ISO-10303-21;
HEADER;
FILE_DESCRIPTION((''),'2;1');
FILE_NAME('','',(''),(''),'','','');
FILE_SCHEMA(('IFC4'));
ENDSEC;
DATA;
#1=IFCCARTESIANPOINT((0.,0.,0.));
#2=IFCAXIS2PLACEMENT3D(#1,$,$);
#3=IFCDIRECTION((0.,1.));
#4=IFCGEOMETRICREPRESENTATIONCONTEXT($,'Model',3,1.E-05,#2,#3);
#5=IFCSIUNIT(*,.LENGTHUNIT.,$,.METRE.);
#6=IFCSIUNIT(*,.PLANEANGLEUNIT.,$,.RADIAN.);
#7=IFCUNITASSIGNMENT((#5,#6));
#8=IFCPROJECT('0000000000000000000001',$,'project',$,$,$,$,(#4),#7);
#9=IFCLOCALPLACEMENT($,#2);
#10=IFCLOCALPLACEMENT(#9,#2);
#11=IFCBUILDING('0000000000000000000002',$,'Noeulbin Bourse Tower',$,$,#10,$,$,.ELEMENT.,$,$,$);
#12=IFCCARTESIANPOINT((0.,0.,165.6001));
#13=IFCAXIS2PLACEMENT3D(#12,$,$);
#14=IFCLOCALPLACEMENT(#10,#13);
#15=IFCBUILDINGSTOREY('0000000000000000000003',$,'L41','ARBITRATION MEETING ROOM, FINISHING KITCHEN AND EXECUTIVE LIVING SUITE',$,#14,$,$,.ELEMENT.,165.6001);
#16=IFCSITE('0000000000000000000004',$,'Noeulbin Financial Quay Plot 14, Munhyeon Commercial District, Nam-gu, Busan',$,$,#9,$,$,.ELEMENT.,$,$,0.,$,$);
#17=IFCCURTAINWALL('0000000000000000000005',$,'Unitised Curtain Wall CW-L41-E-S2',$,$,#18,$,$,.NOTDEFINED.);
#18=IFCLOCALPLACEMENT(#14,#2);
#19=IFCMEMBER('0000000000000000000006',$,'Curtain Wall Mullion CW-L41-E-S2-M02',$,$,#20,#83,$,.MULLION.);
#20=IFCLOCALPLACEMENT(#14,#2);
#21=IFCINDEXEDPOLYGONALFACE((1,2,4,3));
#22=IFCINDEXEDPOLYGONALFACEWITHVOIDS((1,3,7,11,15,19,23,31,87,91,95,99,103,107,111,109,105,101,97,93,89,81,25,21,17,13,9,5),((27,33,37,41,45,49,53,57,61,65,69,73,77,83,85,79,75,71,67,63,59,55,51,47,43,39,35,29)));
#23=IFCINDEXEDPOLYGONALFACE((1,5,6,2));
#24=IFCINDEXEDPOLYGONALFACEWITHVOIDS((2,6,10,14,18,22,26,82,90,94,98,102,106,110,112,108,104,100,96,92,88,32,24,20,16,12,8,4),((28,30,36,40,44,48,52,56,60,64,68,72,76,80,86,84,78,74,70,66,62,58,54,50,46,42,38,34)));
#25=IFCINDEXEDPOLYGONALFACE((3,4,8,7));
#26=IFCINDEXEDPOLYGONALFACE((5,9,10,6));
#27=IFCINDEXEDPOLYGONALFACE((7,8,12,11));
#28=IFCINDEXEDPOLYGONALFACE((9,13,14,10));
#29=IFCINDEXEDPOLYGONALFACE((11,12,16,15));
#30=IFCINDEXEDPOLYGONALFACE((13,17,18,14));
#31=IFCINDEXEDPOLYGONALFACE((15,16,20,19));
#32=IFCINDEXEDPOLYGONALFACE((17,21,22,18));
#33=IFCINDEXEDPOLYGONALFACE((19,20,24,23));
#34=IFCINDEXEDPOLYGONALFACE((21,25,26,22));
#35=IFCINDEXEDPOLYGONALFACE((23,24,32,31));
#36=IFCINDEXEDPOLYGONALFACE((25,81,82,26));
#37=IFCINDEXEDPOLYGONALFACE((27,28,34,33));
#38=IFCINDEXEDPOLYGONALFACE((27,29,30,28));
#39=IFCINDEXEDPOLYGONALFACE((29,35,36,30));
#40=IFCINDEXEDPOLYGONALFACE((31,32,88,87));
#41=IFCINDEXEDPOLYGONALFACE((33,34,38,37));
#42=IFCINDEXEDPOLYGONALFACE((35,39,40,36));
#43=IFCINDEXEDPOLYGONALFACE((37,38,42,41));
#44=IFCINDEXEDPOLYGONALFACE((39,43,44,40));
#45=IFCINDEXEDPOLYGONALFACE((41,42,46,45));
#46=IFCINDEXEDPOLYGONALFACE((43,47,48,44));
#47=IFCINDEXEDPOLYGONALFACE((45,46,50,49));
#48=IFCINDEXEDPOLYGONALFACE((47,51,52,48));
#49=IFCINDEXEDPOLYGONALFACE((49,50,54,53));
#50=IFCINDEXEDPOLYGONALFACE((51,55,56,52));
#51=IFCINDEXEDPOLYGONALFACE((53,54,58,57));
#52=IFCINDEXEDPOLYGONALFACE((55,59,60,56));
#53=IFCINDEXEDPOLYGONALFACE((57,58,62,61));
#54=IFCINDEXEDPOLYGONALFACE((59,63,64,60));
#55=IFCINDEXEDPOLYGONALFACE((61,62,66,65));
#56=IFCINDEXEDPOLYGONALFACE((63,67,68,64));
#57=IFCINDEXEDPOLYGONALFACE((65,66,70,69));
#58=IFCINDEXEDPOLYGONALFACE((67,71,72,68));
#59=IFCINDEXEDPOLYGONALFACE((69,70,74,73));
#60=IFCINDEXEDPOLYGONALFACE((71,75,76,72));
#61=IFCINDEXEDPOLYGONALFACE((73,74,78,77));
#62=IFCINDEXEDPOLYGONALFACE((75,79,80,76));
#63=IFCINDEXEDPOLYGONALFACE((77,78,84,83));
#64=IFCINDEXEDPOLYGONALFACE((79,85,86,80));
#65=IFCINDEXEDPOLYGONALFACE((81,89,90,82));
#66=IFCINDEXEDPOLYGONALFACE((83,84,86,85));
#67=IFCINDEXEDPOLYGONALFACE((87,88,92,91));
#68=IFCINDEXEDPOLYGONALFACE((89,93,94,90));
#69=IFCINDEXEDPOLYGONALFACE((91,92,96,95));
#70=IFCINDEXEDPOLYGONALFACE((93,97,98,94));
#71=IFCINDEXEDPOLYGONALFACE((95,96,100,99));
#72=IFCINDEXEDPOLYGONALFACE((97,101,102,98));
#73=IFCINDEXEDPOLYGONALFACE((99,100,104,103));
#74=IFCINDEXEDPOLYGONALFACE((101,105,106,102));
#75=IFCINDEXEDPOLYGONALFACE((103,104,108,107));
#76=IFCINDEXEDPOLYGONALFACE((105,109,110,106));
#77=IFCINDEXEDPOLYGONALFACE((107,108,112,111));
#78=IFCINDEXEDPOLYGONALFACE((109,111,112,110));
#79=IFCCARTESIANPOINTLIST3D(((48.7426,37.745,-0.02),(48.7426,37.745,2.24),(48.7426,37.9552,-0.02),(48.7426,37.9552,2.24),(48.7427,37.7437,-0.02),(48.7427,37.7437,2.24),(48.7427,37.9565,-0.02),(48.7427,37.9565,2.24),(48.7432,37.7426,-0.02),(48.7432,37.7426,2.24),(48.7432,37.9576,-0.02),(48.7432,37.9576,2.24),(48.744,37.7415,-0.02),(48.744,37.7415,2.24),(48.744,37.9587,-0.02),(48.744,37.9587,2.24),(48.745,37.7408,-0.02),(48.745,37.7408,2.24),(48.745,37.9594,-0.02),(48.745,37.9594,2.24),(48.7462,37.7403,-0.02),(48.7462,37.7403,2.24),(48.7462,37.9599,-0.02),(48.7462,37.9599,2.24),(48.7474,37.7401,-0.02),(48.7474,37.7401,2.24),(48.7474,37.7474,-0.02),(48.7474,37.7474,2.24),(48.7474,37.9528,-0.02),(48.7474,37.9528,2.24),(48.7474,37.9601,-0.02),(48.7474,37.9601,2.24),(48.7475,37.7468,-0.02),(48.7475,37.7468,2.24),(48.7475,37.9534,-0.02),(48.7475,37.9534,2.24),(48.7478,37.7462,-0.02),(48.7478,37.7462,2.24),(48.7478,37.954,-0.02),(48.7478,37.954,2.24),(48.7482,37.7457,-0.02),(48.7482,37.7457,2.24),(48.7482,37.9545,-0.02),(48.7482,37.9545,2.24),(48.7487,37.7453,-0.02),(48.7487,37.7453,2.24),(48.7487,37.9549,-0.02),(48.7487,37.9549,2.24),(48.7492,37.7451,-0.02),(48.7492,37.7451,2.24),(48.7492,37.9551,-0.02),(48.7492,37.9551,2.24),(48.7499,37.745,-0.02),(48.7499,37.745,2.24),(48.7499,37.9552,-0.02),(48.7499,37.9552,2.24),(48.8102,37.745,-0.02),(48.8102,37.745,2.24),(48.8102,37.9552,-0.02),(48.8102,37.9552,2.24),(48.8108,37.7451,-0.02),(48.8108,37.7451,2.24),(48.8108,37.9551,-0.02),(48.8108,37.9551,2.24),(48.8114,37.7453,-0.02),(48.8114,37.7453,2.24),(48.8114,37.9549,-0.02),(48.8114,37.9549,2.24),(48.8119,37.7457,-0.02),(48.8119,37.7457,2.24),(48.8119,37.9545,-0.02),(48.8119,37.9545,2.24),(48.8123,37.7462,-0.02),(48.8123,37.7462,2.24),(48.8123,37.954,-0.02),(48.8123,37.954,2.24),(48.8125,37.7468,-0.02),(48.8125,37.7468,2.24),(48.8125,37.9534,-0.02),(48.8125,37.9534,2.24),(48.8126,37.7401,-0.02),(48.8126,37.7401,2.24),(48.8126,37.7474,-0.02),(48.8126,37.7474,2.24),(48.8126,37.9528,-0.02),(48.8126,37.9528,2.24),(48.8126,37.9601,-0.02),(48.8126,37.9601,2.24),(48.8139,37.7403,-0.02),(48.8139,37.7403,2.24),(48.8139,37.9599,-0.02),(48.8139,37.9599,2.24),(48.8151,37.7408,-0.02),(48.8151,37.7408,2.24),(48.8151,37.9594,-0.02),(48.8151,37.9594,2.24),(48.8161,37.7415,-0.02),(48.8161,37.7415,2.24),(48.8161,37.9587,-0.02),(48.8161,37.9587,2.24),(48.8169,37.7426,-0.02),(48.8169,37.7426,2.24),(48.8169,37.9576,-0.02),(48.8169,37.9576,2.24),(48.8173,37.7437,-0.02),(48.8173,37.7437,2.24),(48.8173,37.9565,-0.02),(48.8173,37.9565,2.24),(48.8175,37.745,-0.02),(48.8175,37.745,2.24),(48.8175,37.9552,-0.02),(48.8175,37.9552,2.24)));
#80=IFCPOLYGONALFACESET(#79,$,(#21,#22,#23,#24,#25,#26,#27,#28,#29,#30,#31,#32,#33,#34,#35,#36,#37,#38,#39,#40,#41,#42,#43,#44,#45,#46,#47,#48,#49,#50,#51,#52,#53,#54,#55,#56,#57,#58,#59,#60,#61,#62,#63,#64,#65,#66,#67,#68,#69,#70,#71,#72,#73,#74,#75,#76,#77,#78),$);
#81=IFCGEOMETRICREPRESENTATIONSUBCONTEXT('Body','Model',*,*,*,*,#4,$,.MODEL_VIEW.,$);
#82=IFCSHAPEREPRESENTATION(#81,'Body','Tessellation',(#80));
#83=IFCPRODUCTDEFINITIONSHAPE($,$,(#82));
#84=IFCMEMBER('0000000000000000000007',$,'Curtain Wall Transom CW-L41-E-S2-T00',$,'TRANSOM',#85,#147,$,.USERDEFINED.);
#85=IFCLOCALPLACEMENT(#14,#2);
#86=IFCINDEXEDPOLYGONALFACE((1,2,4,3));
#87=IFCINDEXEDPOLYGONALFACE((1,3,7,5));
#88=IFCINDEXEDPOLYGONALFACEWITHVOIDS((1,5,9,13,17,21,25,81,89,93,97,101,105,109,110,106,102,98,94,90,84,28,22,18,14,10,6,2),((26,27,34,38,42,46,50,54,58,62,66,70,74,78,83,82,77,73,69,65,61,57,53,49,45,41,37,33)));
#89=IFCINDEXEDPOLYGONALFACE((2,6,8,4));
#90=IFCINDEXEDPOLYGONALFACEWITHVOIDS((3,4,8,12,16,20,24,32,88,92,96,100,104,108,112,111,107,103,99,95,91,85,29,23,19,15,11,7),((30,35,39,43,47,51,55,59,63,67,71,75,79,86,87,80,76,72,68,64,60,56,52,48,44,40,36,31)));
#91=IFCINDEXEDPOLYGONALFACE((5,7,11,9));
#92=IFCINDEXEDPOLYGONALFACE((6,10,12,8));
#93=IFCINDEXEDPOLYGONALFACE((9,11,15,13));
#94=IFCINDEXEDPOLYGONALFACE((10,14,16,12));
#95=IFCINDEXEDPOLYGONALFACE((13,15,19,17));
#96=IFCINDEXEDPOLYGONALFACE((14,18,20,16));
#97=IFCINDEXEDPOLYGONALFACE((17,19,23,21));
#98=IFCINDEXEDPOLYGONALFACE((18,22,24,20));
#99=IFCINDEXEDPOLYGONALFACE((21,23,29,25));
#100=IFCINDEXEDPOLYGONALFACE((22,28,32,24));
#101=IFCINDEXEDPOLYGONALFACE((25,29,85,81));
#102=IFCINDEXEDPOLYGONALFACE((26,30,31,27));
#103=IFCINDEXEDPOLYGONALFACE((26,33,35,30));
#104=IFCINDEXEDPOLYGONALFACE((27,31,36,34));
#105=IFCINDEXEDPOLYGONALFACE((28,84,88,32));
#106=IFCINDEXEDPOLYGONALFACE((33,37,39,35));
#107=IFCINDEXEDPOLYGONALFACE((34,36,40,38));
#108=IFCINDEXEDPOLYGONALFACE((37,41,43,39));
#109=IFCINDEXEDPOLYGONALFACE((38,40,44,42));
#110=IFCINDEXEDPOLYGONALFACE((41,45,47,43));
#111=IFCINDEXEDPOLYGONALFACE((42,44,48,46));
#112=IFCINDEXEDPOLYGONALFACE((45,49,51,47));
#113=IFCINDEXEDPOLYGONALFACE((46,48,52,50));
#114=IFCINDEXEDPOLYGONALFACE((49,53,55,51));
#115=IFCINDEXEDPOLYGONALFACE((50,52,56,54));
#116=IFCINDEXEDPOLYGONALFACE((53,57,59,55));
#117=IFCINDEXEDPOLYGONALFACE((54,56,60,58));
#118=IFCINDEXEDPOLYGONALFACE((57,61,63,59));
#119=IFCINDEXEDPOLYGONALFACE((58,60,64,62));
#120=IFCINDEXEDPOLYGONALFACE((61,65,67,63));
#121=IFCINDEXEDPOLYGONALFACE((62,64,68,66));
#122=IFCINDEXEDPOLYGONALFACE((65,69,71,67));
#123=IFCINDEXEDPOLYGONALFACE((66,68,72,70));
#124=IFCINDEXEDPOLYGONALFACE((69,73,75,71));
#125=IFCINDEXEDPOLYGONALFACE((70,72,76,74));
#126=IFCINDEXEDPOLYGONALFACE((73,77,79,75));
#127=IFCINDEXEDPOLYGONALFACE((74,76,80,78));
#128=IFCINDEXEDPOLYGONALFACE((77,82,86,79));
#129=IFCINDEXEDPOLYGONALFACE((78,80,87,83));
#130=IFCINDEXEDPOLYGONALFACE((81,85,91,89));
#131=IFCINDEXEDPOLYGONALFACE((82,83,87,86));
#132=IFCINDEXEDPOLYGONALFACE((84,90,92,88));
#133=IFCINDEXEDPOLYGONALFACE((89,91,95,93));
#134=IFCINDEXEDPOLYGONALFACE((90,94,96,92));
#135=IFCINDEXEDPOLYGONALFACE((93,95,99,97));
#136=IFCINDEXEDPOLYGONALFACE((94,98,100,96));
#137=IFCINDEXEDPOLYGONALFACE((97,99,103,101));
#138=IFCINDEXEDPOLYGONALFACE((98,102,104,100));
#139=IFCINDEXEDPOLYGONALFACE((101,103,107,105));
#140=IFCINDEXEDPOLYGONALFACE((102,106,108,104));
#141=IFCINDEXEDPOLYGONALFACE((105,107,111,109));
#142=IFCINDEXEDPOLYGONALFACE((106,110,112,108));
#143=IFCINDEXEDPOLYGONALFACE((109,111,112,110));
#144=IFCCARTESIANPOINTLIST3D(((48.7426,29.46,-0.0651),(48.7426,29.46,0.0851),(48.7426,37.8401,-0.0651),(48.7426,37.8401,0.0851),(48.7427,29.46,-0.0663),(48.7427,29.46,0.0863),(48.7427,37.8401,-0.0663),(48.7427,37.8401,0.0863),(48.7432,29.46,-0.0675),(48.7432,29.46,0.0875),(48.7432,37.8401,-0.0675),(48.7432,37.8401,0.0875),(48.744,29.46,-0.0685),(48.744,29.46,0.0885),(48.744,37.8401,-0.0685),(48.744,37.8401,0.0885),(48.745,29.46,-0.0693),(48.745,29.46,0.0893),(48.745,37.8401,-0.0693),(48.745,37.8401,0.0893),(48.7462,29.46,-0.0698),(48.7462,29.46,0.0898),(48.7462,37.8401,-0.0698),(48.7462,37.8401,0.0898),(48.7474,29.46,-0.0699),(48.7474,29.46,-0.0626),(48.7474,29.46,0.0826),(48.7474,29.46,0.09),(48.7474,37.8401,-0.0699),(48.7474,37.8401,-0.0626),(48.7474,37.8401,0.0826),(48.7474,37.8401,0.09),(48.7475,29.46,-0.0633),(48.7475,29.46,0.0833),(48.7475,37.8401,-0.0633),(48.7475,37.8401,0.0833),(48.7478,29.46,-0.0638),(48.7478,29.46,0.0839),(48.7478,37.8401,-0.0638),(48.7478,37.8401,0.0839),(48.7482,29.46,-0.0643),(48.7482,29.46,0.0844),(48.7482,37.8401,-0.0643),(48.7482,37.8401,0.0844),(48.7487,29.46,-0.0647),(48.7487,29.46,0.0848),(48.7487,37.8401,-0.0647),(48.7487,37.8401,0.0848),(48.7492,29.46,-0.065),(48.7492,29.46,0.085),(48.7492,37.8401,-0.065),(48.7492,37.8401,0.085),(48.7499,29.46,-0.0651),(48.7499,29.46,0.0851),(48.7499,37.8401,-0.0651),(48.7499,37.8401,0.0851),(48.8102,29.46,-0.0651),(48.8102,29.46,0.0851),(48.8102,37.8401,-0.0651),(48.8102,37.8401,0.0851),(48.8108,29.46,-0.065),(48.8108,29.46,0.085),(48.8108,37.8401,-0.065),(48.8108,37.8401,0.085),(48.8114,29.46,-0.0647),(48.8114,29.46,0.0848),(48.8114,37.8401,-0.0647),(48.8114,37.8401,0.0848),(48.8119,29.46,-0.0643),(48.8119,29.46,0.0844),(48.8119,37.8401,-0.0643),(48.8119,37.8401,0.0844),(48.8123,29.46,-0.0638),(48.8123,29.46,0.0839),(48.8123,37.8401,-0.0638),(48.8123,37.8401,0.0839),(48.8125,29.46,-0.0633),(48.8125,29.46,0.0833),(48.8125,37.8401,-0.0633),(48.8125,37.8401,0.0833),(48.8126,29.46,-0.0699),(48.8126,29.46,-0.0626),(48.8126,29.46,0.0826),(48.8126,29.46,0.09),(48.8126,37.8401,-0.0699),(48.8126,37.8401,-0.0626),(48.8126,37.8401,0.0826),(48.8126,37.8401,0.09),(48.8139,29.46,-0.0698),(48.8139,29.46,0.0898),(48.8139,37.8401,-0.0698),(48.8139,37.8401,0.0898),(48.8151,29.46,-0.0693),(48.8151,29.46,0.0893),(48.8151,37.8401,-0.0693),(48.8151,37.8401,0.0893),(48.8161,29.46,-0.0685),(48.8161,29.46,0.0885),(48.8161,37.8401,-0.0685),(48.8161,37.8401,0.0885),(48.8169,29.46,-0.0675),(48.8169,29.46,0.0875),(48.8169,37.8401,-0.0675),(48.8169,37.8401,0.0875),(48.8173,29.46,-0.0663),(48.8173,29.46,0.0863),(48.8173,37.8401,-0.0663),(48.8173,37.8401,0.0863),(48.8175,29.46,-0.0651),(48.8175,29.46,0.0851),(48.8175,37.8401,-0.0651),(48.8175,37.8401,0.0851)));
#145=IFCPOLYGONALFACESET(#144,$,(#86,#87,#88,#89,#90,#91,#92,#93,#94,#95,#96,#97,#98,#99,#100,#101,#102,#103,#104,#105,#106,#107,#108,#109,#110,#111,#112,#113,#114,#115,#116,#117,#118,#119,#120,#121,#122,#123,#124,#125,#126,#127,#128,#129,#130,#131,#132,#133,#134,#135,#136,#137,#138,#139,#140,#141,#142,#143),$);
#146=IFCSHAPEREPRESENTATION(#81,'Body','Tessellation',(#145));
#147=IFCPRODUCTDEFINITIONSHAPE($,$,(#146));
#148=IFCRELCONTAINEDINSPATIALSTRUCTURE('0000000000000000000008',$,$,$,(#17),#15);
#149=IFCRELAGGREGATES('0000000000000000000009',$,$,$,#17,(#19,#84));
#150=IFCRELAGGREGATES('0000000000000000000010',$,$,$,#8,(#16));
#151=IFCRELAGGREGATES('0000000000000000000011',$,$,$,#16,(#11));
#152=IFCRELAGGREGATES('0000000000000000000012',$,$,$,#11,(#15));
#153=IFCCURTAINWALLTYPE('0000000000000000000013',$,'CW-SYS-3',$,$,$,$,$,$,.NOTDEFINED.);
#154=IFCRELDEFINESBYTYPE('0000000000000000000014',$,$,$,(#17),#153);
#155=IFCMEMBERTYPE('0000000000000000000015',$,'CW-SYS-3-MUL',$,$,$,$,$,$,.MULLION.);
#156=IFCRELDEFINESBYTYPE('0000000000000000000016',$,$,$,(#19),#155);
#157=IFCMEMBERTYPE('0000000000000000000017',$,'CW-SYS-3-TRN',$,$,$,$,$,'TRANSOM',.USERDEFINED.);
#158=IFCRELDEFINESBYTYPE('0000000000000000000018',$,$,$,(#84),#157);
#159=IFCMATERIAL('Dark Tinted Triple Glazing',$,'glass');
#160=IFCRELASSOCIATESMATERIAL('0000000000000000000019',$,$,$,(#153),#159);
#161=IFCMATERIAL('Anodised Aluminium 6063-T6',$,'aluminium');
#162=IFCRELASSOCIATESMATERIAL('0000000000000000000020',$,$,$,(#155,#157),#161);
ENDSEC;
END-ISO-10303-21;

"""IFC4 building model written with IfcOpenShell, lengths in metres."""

from ifc_helpers import new_model, si_unit, direction, frame, origin, origin_2d, place, context, subcontext, project, spatial, hollow_rectangle, extrude, material, material_profile, profile_set, type_object, element, aggregate, save


model = new_model("IFC4")

# Units and contexts
model_context = context("Model", 3, precision=1e-05, world=origin(), true_north=direction((0.0, 1.0)))
body_context = subcontext(model_context, "Body", "Model", "MODEL_VIEW")
ifc_project = project(units=[si_unit("LENGTHUNIT", "METRE"), si_unit("PLANEANGLEUNIT", "RADIAN")], contexts=[model_context])

# Site, building, storey
site_placement = place(None, origin())
site = spatial("IfcSite", under=ifc_project, at=site_placement, Name="Noeulbin Financial Quay Plot 14, Munhyeon Commercial District, Nam-gu, Busan", CompositionType="ELEMENT", RefElevation=0.0)
building_placement = place(site_placement, origin())
building = spatial("IfcBuilding", under=site, at=building_placement, Name="Noeulbin Bourse Tower", CompositionType="ELEMENT")
storey_placement = place(building_placement, frame((0.0, 0.0, 165.6001)))
storey = spatial("IfcBuildingStorey", under=building, at=storey_placement, Name="L41", Description="ARBITRATION MEETING ROOM, FINISHING KITCHEN AND EXECUTIVE LIVING SUITE", CompositionType="ELEMENT", Elevation=165.6001)

# Curtain wall, members
ifc_material_1 = material(Name="Dark Tinted Triple Glazing", Category="glass")
curtain_wall_type = type_object("IfcCurtainWallType", Name="CW-SYS-3", PredefinedType="NOTDEFINED", material=ifc_material_1)
curtain_wall_placement = place(storey_placement, origin())
curtain_wall = element("IfcCurtainWall", 1, at=curtain_wall_placement, inside=storey, type_object=curtain_wall_type, Name="Unitised Curtain Wall CW-L41-E-S2", PredefinedType="NOTDEFINED")
ifc_material_2 = material(Name="Anodised Aluminium 6063-T6", Category="aluminium")
ifc_material_profile_1 = material_profile(ifc_material_2, hollow_rectangle(XDim=0.075, YDim=0.22, WallThickness=0.0049, InnerFilletRadius=0.0024, OuterFilletRadius=0.0049, at=origin_2d()), Name="ALU-MULL-75x220x5", Category="LoadBearing")
ifc_profile_set_1 = profile_set([ifc_material_profile_1], Name="Anodised Aluminium 6063-T6")
member_type_1 = type_object("IfcMemberType", Name="CW-SYS-3-MUL", PredefinedType="MULLION", material=ifc_profile_set_1)
member_1_placement = place(storey_placement, frame((48.78, 37.8501, -0.02), z_axis=(0.0, 0.0, 1.0), x_axis=(1.0, 0.0, 0.0)))
member_1 = element("IfcMember", 2, at=member_1_placement, type_object=member_type_1, Name="Curtain Wall Mullion CW-L41-E-S2-M02", PredefinedType="MULLION", context=body_context, shape_type="SweptSolid", body=[
    extrude(hollow_rectangle(XDim=0.075, YDim=0.22, WallThickness=0.0049, InnerFilletRadius=0.0024, OuterFilletRadius=0.0049, at=origin_2d()), origin(), (0.0, 0.0, 1.0), 2.26),
])
ifc_material_profile_2 = material_profile(ifc_material_2, hollow_rectangle(XDim=0.075, YDim=0.1599, WallThickness=0.0049, InnerFilletRadius=0.0024, OuterFilletRadius=0.0049, at=origin_2d()), Name="ALU-TRAN-75x160x5", Category="LoadBearing")
ifc_profile_set_2 = profile_set([ifc_material_profile_2], Name="Anodised Aluminium 6063-T6")
member_type_2 = type_object("IfcMemberType", Name="CW-SYS-3-TRN", ElementType="TRANSOM", PredefinedType="USERDEFINED", material=ifc_profile_set_2)
member_2_placement = place(storey_placement, frame((48.78, 29.46, 0.01), z_axis=(0.0, 1.0, 0.0), x_axis=(-1.0, 0.0, 0.0)))
member_2 = element("IfcMember", 3, at=member_2_placement, type_object=member_type_2, Name="Curtain Wall Transom CW-L41-E-S2-T00", ObjectType="TRANSOM", PredefinedType="USERDEFINED", context=body_context, shape_type="SweptSolid", body=[
    extrude(hollow_rectangle(XDim=0.075, YDim=0.1599, WallThickness=0.0049, InnerFilletRadius=0.0024, OuterFilletRadius=0.0049, at=origin_2d()), origin(), (0.0, 0.0, 1.0), 8.3801),
])
aggregate(curtain_wall, [member_1, member_2])

save(model, "model.ifc")
